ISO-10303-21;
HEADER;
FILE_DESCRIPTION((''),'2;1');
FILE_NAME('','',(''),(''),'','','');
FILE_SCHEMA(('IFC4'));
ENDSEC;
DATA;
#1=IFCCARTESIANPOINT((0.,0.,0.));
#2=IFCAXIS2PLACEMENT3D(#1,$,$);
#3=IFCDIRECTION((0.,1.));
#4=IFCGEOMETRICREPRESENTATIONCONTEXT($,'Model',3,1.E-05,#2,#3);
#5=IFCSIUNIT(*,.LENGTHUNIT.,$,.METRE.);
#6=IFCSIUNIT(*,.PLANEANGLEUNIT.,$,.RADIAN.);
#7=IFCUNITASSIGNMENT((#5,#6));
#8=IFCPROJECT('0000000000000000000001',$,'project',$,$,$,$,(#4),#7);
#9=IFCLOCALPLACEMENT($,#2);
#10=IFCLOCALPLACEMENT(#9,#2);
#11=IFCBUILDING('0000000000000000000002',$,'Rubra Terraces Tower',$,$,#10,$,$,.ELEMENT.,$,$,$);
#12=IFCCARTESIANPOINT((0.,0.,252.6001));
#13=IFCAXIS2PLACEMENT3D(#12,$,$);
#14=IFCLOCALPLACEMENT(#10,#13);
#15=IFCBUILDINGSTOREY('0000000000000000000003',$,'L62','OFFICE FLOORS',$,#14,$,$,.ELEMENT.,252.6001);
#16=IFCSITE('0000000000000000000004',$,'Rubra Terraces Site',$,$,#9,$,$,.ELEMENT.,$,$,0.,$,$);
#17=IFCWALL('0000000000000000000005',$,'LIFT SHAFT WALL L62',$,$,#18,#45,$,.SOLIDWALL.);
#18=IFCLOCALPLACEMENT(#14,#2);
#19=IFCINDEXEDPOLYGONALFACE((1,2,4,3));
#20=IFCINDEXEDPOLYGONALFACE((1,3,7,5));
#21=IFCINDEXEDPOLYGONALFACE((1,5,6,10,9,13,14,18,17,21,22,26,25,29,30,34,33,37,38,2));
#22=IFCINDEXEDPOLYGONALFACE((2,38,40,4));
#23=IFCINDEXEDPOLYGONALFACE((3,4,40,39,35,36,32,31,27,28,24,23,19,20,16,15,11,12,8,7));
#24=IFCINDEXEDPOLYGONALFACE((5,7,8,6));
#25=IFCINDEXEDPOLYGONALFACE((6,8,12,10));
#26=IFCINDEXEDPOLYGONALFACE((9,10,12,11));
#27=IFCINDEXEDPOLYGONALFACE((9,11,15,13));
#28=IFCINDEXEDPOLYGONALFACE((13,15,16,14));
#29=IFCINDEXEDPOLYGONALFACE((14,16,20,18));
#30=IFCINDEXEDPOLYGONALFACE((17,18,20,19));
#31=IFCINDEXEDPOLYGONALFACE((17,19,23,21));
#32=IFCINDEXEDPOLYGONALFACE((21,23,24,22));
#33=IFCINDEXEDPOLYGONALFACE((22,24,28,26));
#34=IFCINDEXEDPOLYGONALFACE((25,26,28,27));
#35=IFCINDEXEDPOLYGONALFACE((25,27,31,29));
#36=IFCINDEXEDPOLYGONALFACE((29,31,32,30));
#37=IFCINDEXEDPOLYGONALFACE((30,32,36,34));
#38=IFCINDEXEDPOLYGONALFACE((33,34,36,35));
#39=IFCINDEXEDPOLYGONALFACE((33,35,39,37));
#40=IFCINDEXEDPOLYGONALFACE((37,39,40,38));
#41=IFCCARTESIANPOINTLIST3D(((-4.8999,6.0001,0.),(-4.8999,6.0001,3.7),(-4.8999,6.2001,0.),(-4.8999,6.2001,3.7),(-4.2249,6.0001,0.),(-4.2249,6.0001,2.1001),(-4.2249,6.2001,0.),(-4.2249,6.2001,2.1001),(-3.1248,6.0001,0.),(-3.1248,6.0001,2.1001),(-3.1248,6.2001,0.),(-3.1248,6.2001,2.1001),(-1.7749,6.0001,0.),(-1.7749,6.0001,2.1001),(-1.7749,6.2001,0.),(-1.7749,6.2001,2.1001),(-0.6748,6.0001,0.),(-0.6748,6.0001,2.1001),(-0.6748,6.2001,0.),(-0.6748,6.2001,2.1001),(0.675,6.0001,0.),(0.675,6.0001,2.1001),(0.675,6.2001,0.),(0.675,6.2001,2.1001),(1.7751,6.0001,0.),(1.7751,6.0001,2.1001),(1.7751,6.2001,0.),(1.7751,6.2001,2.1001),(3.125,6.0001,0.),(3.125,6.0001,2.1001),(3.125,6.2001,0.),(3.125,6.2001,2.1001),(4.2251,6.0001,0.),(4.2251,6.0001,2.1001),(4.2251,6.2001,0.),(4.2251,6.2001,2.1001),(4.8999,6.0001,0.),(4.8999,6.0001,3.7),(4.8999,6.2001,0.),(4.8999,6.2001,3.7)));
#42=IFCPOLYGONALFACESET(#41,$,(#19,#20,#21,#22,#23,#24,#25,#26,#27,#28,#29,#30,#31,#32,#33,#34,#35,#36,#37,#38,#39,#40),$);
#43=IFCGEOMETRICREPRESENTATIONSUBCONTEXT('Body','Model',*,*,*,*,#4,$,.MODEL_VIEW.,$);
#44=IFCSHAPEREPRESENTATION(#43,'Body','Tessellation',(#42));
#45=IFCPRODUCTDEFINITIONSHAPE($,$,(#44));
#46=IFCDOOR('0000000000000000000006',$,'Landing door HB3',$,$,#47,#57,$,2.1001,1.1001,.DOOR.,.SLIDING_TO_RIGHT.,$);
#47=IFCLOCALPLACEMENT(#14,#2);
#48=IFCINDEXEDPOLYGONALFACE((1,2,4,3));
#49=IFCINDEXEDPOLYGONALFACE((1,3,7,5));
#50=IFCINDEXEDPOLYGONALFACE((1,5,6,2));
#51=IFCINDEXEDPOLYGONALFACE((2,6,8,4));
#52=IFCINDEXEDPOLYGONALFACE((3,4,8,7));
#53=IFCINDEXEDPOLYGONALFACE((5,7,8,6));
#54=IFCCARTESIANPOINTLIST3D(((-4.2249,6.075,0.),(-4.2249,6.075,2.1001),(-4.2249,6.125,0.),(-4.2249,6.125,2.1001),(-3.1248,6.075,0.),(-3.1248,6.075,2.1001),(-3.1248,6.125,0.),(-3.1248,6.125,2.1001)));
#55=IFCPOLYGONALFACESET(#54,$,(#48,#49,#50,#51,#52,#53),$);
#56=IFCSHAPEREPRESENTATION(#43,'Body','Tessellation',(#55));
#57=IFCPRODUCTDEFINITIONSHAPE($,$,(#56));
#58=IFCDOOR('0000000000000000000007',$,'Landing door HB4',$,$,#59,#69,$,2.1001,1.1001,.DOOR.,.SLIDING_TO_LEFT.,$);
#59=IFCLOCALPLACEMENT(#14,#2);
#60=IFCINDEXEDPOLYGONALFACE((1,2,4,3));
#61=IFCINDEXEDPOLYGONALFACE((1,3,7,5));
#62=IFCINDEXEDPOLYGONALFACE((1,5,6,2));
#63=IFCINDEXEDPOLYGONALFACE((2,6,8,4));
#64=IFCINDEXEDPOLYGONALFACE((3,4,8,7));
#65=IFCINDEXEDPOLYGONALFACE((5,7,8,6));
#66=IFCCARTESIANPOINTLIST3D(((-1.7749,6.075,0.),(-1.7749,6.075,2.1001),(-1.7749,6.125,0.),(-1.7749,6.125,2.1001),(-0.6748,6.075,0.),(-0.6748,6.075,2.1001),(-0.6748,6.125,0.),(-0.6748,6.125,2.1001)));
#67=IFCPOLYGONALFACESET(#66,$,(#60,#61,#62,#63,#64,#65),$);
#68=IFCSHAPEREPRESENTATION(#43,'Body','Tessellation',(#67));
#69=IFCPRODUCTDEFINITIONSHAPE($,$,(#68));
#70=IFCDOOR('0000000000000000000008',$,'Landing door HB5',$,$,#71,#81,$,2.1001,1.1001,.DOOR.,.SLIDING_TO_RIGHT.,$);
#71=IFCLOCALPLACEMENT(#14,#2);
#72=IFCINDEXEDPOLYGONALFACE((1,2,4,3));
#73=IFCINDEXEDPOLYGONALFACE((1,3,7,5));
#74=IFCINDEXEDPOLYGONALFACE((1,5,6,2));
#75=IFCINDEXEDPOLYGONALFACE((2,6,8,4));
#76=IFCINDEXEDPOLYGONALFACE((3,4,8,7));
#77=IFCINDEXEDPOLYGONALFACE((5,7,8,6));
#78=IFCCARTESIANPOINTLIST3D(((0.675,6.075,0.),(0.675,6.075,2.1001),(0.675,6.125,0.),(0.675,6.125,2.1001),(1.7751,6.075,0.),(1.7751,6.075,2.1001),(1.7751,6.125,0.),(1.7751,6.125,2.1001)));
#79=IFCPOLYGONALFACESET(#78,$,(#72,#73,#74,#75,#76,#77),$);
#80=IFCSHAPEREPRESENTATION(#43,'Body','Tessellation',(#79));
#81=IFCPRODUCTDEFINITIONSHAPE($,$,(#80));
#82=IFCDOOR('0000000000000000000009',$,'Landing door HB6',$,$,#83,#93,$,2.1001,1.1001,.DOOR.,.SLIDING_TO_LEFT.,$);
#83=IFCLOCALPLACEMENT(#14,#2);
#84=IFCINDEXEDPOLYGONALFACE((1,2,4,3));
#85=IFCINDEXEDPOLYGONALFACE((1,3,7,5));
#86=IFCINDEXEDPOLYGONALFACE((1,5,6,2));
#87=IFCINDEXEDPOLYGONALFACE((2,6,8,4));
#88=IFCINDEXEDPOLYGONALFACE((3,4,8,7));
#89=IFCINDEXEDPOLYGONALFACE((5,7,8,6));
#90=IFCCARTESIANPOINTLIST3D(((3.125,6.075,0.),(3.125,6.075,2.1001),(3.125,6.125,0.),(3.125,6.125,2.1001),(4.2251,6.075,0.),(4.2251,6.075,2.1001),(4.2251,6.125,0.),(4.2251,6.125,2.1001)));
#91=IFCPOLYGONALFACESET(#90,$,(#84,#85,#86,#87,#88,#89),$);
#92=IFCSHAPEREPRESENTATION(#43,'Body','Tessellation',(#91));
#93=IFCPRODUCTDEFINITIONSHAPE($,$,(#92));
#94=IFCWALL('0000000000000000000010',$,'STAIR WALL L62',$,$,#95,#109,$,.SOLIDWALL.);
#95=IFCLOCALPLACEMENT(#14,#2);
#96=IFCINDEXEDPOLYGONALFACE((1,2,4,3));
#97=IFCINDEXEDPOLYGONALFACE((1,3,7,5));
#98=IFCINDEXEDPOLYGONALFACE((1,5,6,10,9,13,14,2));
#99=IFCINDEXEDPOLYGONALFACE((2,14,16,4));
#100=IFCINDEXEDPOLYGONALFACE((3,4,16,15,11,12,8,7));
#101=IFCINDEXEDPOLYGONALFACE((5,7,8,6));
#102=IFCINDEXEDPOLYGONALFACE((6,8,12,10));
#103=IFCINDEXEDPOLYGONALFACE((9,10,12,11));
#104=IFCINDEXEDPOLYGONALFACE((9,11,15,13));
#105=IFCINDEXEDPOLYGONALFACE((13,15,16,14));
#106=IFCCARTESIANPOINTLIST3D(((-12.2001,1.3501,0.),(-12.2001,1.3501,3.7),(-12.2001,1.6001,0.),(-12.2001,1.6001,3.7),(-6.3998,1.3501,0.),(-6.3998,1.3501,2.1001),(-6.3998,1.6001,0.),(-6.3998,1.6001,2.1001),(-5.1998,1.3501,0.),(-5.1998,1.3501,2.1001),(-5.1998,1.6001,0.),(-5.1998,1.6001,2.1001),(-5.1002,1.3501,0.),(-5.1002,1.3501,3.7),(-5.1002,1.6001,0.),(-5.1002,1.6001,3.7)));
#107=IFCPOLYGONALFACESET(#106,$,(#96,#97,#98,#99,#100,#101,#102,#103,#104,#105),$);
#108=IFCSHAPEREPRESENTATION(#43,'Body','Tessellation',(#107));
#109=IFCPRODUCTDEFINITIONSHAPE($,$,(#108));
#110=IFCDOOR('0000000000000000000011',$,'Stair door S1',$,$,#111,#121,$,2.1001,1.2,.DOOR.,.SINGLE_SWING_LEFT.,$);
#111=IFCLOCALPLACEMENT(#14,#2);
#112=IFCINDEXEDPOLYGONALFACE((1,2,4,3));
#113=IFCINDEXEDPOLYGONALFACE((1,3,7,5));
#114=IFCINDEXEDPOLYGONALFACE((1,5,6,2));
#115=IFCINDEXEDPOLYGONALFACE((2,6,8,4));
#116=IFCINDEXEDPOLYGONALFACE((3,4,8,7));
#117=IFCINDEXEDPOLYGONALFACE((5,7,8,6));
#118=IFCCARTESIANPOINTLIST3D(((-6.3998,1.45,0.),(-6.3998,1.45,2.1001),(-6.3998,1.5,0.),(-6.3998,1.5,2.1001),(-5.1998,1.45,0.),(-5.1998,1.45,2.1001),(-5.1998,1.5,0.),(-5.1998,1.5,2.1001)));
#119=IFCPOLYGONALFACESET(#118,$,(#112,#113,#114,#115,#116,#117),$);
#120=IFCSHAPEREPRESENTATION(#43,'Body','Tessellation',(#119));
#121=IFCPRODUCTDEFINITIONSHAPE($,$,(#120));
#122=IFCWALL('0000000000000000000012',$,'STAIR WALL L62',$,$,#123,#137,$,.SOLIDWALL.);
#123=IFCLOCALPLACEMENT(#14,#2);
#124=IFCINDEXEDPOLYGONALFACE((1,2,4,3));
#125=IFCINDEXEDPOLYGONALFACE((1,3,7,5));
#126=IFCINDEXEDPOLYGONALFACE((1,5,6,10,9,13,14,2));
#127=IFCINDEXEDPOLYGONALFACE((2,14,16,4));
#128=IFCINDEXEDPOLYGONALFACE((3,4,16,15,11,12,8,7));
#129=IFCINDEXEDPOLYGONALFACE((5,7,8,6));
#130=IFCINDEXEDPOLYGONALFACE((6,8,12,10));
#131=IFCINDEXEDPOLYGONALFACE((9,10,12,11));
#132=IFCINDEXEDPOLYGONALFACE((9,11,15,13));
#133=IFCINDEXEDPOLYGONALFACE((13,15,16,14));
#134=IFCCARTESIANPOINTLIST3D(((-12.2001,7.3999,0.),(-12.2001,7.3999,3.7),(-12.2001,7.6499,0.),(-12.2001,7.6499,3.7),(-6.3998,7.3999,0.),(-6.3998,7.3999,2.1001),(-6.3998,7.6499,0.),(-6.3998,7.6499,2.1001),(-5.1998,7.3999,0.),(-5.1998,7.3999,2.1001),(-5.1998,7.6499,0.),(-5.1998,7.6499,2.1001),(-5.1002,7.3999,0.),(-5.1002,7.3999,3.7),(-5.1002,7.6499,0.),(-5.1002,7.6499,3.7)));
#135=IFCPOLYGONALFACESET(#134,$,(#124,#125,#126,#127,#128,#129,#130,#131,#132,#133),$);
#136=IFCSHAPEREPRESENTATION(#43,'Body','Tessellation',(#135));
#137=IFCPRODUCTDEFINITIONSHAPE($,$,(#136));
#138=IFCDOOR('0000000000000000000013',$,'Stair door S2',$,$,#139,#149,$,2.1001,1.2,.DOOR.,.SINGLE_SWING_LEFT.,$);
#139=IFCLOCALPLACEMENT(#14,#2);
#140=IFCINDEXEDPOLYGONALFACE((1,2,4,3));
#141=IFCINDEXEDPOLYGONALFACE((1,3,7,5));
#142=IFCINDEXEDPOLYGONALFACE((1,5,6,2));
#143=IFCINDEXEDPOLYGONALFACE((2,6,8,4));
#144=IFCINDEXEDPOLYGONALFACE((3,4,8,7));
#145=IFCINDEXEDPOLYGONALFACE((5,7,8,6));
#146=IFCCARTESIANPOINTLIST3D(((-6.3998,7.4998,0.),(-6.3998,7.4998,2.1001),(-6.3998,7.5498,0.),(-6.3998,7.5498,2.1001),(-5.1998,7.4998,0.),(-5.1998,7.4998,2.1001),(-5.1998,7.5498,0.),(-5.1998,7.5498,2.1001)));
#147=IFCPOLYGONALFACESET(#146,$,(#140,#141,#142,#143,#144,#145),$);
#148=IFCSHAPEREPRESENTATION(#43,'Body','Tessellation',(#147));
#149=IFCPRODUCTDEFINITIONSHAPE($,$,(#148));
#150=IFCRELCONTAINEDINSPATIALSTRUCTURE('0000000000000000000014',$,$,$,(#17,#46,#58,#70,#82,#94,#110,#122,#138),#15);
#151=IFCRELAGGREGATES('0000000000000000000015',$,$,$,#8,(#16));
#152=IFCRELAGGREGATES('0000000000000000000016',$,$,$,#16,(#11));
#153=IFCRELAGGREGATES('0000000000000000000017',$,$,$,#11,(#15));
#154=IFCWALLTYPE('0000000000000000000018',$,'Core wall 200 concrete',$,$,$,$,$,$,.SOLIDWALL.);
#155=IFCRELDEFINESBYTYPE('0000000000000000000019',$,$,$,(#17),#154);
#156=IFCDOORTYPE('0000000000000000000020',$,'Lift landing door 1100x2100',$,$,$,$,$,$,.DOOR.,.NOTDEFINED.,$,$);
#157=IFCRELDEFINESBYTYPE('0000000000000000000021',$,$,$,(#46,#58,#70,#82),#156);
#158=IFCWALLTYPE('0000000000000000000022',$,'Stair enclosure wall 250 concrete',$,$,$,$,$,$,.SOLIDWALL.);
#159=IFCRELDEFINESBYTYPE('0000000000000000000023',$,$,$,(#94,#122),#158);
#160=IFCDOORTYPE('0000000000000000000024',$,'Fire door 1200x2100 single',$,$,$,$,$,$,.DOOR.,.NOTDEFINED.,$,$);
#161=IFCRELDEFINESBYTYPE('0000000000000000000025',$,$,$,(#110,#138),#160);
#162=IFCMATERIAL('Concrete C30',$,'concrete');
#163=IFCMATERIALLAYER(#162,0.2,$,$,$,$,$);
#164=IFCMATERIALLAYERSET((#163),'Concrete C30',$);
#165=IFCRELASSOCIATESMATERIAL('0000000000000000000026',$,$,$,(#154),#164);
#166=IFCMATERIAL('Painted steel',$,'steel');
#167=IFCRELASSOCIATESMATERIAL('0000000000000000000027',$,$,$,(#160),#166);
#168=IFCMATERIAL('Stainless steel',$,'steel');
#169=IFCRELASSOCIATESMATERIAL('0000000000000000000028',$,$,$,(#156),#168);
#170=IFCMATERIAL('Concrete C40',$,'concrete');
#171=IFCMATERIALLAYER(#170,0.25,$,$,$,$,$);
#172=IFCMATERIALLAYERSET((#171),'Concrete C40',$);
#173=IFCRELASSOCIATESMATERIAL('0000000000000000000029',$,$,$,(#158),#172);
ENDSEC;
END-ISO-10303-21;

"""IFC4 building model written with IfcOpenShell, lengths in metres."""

from ifc_helpers import new_model, si_unit, direction, frame, frame_2d, origin, place, context, subcontext, project, spatial, rectangle, extrude, material, layer, layer_set, type_object, element, fill, save


model = new_model("IFC4")

# Units and contexts
model_context = context("Model", 3, precision=1e-05, world=origin(), true_north=direction((0.0, 1.0)))
body_context = subcontext(model_context, "Body", "Model", "MODEL_VIEW")
ifc_project = project(units=[si_unit("LENGTHUNIT", "METRE"), si_unit("PLANEANGLEUNIT", "RADIAN")], contexts=[model_context])

# Site, building, storey
site_placement = place(None, origin())
site = spatial("IfcSite", under=ifc_project, at=site_placement, Name="Rubra Terraces Site", CompositionType="ELEMENT", RefElevation=0.0)
building_placement = place(site_placement, origin())
building = spatial("IfcBuilding", under=site, at=building_placement, Name="Rubra Terraces Tower", CompositionType="ELEMENT")
storey_placement = place(building_placement, frame((0.0, 0.0, 252.6001)))
storey = spatial("IfcBuildingStorey", under=building, at=storey_placement, Name="L62", Description="OFFICE FLOORS", CompositionType="ELEMENT", Elevation=252.6001)

# Shared definitions
ifc_material_1 = material(Name="Concrete C40", Category="concrete")

# Shared definitions
ifc_material_2 = material(Name="Concrete C30", Category="concrete")
ifc_layer_1 = layer(ifc_material_2, 0.2)
ifc_layer_set_1 = layer_set([ifc_layer_1], Name="Concrete C30")
wall_type_1 = type_object("IfcWallType", Name="Core wall 200 concrete", PredefinedType="SOLIDWALL", material=ifc_layer_set_1)
ifc_material_3 = material(Name="Painted steel", Category="steel")
door_type_1 = type_object("IfcDoorType", Name="Fire door 1200x2100 single", OperationType="NOTDEFINED", PredefinedType="DOOR", material=ifc_material_3)
ifc_material_4 = material(Name="Stainless steel", Category="steel")

# Wall, openings, doors
door_type_2 = type_object("IfcDoorType", Name="Lift landing door 1100x2100", OperationType="NOTDEFINED", PredefinedType="DOOR", material=ifc_material_4)
wall_1_placement = place(storey_placement, frame((-4.8999, 6.1001, 0.0), z_axis=(0.0, 0.0, 1.0), x_axis=(1.0, 0.0, 0.0)))
wall_1 = element("IfcWall", 1, at=wall_1_placement, inside=storey, type_object=wall_type_1, Name="LIFT SHAFT WALL L62", PredefinedType="SOLIDWALL", context=body_context, shape_type="SweptSolid", body=[
    extrude(rectangle(XDim=9.7998, YDim=0.2, at=frame_2d((4.8999, 0.0))), origin(), (0.0, 0.0, 1.0), 3.7),
])
opening_1_placement = place(wall_1_placement, frame((0.675, 0.0, 0.0)))
opening_1 = element("IfcOpeningElement", 2, at=opening_1_placement, cuts=wall_1, PredefinedType="OPENING", context=body_context, shape_type="SweptSolid", body=[
    extrude(rectangle(XDim=1.1001, YDim=2.1001, at=frame_2d((0.55, 1.05))), frame((0.0, 0.1099, 0.0), z_axis=(0.0, -1.0, 0.0), x_axis=(1.0, 0.0, 0.0)), (0.0, 0.0, 1.0), 0.22),
])
opening_2_placement = place(wall_1_placement, frame((3.125, 0.0, 0.0)))
opening_2 = element("IfcOpeningElement", 3, at=opening_2_placement, cuts=wall_1, PredefinedType="OPENING", context=body_context, shape_type="SweptSolid", body=[
    extrude(rectangle(XDim=1.1001, YDim=2.1001, at=frame_2d((0.55, 1.05))), frame((0.0, 0.1099, 0.0), z_axis=(0.0, -1.0, 0.0), x_axis=(1.0, 0.0, 0.0)), (0.0, 0.0, 1.0), 0.22),
])
opening_3_placement = place(wall_1_placement, frame((5.575, 0.0, 0.0)))
opening_3 = element("IfcOpeningElement", 4, at=opening_3_placement, cuts=wall_1, PredefinedType="OPENING", context=body_context, shape_type="SweptSolid", body=[
    extrude(rectangle(XDim=1.1001, YDim=2.1001, at=frame_2d((0.55, 1.05))), frame((0.0, 0.1099, 0.0), z_axis=(0.0, -1.0, 0.0), x_axis=(1.0, 0.0, 0.0)), (0.0, 0.0, 1.0), 0.22),
])
opening_4_placement = place(wall_1_placement, frame((8.0249, 0.0, 0.0)))
opening_4 = element("IfcOpeningElement", 5, at=opening_4_placement, cuts=wall_1, PredefinedType="OPENING", context=body_context, shape_type="SweptSolid", body=[
    extrude(rectangle(XDim=1.1001, YDim=2.1001, at=frame_2d((0.55, 1.05))), frame((0.0, 0.1099, 0.0), z_axis=(0.0, -1.0, 0.0), x_axis=(1.0, 0.0, 0.0)), (0.0, 0.0, 1.0), 0.22),
])
door_1_placement = place(opening_1_placement, origin())
door_1 = element("IfcDoor", 6, at=door_1_placement, inside=storey, type_object=door_type_2, Name="Landing door HB3", OperationType="SLIDING_TO_RIGHT", OverallHeight=2.1001, OverallWidth=1.1001, PredefinedType="DOOR", context=body_context, shape_type="SweptSolid", body=[
    extrude(rectangle(XDim=1.1001, YDim=2.1001, at=frame_2d((0.55, 1.05))), frame((0.0, 0.0249, 0.0), z_axis=(0.0, -1.0, 0.0), x_axis=(1.0, 0.0, 0.0)), (0.0, 0.0, 1.0), 0.05),
])
fill(opening_1, door_1)
door_2_placement = place(opening_2_placement, origin())
door_2 = element("IfcDoor", 7, at=door_2_placement, inside=storey, type_object=door_type_2, Name="Landing door HB4", OperationType="SLIDING_TO_LEFT", OverallHeight=2.1001, OverallWidth=1.1001, PredefinedType="DOOR", context=body_context, shape_type="SweptSolid", body=[
    extrude(rectangle(XDim=1.1001, YDim=2.1001, at=frame_2d((0.55, 1.05))), frame((0.0, 0.0249, 0.0), z_axis=(0.0, -1.0, 0.0), x_axis=(1.0, 0.0, 0.0)), (0.0, 0.0, 1.0), 0.05),
])
fill(opening_2, door_2)
door_3_placement = place(opening_3_placement, origin())
door_3 = element("IfcDoor", 8, at=door_3_placement, inside=storey, type_object=door_type_2, Name="Landing door HB5", OperationType="SLIDING_TO_RIGHT", OverallHeight=2.1001, OverallWidth=1.1001, PredefinedType="DOOR", context=body_context, shape_type="SweptSolid", body=[
    extrude(rectangle(XDim=1.1001, YDim=2.1001, at=frame_2d((0.55, 1.05))), frame((0.0, 0.0249, 0.0), z_axis=(0.0, -1.0, 0.0), x_axis=(1.0, 0.0, 0.0)), (0.0, 0.0, 1.0), 0.05),
])
fill(opening_3, door_3)
door_4_placement = place(opening_4_placement, origin())
door_4 = element("IfcDoor", 9, at=door_4_placement, inside=storey, type_object=door_type_2, Name="Landing door HB6", OperationType="SLIDING_TO_LEFT", OverallHeight=2.1001, OverallWidth=1.1001, PredefinedType="DOOR", context=body_context, shape_type="SweptSolid", body=[
    extrude(rectangle(XDim=1.1001, YDim=2.1001, at=frame_2d((0.55, 1.05))), frame((0.0, 0.0249, 0.0), z_axis=(0.0, -1.0, 0.0), x_axis=(1.0, 0.0, 0.0)), (0.0, 0.0, 1.0), 0.05),
])
fill(opening_4, door_4)

# Walls, openings, doors
ifc_layer_2 = layer(ifc_material_1, 0.25)
ifc_layer_set_2 = layer_set([ifc_layer_2], Name="Concrete C40")
wall_type_2 = type_object("IfcWallType", Name="Stair enclosure wall 250 concrete", PredefinedType="SOLIDWALL", material=ifc_layer_set_2)
wall_2_placement = place(storey_placement, frame((-12.2, 1.4751, 0.0), z_axis=(0.0, 0.0, 1.0), x_axis=(1.0, 0.0, 0.0)))
wall_2 = element("IfcWall", 10, at=wall_2_placement, inside=storey, type_object=wall_type_2, Name="STAIR WALL L62", PredefinedType="SOLIDWALL", context=body_context, shape_type="SweptSolid", body=[
    extrude(rectangle(XDim=7.0999, YDim=0.25, at=frame_2d((3.5498, 0.0))), origin(), (0.0, 0.0, 1.0), 3.7),
])
opening_5_placement = place(wall_2_placement, frame((5.8, 0.0, 0.0)))
opening_5 = element("IfcOpeningElement", 11, at=opening_5_placement, cuts=wall_2, PredefinedType="OPENING", context=body_context, shape_type="SweptSolid", body=[
    extrude(rectangle(XDim=1.2, YDim=2.1001, at=frame_2d((0.6001, 1.05))), frame((0.0, 0.135, 0.0), z_axis=(0.0, -1.0, 0.0), x_axis=(1.0, 0.0, 0.0)), (0.0, 0.0, 1.0), 0.27),
])
door_5_placement = place(opening_5_placement, origin())
door_5 = element("IfcDoor", 12, at=door_5_placement, inside=storey, type_object=door_type_1, Name="Stair door S1", OperationType="SINGLE_SWING_LEFT", OverallHeight=2.1001, OverallWidth=1.2, PredefinedType="DOOR", context=body_context, shape_type="SweptSolid", body=[
    extrude(rectangle(XDim=1.2, YDim=2.1001, at=frame_2d((0.6001, 1.05))), frame((0.0, 0.0249, 0.0), z_axis=(0.0, -1.0, 0.0), x_axis=(1.0, 0.0, 0.0)), (0.0, 0.0, 1.0), 0.05),
])
fill(opening_5, door_5)
wall_3_placement = place(storey_placement, frame((-12.2, 7.5249, 0.0), z_axis=(0.0, 0.0, 1.0), x_axis=(1.0, 0.0, 0.0)))
wall_3 = element("IfcWall", 13, at=wall_3_placement, inside=storey, type_object=wall_type_2, Name="STAIR WALL L62", PredefinedType="SOLIDWALL", context=body_context, shape_type="SweptSolid", body=[
    extrude(rectangle(XDim=7.0999, YDim=0.25, at=frame_2d((3.5498, 0.0))), origin(), (0.0, 0.0, 1.0), 3.7),
])
opening_6_placement = place(wall_3_placement, frame((5.8, 0.0, 0.0)))
opening_6 = element("IfcOpeningElement", 14, at=opening_6_placement, cuts=wall_3, PredefinedType="OPENING", context=body_context, shape_type="SweptSolid", body=[
    extrude(rectangle(XDim=1.2, YDim=2.1001, at=frame_2d((0.6001, 1.05))), frame((0.0, 0.135, 0.0), z_axis=(0.0, -1.0, 0.0), x_axis=(1.0, 0.0, 0.0)), (0.0, 0.0, 1.0), 0.27),
])
door_6_placement = place(opening_6_placement, origin())
door_6 = element("IfcDoor", 15, at=door_6_placement, inside=storey, type_object=door_type_1, Name="Stair door S2", OperationType="SINGLE_SWING_LEFT", OverallHeight=2.1001, OverallWidth=1.2, PredefinedType="DOOR", context=body_context, shape_type="SweptSolid", body=[
    extrude(rectangle(XDim=1.2, YDim=2.1001, at=frame_2d((0.6001, 1.05))), frame((0.0, 0.0249, 0.0), z_axis=(0.0, -1.0, 0.0), x_axis=(1.0, 0.0, 0.0)), (0.0, 0.0, 1.0), 0.05),
])
fill(opening_6, door_6)

save(model, "model.ifc")
